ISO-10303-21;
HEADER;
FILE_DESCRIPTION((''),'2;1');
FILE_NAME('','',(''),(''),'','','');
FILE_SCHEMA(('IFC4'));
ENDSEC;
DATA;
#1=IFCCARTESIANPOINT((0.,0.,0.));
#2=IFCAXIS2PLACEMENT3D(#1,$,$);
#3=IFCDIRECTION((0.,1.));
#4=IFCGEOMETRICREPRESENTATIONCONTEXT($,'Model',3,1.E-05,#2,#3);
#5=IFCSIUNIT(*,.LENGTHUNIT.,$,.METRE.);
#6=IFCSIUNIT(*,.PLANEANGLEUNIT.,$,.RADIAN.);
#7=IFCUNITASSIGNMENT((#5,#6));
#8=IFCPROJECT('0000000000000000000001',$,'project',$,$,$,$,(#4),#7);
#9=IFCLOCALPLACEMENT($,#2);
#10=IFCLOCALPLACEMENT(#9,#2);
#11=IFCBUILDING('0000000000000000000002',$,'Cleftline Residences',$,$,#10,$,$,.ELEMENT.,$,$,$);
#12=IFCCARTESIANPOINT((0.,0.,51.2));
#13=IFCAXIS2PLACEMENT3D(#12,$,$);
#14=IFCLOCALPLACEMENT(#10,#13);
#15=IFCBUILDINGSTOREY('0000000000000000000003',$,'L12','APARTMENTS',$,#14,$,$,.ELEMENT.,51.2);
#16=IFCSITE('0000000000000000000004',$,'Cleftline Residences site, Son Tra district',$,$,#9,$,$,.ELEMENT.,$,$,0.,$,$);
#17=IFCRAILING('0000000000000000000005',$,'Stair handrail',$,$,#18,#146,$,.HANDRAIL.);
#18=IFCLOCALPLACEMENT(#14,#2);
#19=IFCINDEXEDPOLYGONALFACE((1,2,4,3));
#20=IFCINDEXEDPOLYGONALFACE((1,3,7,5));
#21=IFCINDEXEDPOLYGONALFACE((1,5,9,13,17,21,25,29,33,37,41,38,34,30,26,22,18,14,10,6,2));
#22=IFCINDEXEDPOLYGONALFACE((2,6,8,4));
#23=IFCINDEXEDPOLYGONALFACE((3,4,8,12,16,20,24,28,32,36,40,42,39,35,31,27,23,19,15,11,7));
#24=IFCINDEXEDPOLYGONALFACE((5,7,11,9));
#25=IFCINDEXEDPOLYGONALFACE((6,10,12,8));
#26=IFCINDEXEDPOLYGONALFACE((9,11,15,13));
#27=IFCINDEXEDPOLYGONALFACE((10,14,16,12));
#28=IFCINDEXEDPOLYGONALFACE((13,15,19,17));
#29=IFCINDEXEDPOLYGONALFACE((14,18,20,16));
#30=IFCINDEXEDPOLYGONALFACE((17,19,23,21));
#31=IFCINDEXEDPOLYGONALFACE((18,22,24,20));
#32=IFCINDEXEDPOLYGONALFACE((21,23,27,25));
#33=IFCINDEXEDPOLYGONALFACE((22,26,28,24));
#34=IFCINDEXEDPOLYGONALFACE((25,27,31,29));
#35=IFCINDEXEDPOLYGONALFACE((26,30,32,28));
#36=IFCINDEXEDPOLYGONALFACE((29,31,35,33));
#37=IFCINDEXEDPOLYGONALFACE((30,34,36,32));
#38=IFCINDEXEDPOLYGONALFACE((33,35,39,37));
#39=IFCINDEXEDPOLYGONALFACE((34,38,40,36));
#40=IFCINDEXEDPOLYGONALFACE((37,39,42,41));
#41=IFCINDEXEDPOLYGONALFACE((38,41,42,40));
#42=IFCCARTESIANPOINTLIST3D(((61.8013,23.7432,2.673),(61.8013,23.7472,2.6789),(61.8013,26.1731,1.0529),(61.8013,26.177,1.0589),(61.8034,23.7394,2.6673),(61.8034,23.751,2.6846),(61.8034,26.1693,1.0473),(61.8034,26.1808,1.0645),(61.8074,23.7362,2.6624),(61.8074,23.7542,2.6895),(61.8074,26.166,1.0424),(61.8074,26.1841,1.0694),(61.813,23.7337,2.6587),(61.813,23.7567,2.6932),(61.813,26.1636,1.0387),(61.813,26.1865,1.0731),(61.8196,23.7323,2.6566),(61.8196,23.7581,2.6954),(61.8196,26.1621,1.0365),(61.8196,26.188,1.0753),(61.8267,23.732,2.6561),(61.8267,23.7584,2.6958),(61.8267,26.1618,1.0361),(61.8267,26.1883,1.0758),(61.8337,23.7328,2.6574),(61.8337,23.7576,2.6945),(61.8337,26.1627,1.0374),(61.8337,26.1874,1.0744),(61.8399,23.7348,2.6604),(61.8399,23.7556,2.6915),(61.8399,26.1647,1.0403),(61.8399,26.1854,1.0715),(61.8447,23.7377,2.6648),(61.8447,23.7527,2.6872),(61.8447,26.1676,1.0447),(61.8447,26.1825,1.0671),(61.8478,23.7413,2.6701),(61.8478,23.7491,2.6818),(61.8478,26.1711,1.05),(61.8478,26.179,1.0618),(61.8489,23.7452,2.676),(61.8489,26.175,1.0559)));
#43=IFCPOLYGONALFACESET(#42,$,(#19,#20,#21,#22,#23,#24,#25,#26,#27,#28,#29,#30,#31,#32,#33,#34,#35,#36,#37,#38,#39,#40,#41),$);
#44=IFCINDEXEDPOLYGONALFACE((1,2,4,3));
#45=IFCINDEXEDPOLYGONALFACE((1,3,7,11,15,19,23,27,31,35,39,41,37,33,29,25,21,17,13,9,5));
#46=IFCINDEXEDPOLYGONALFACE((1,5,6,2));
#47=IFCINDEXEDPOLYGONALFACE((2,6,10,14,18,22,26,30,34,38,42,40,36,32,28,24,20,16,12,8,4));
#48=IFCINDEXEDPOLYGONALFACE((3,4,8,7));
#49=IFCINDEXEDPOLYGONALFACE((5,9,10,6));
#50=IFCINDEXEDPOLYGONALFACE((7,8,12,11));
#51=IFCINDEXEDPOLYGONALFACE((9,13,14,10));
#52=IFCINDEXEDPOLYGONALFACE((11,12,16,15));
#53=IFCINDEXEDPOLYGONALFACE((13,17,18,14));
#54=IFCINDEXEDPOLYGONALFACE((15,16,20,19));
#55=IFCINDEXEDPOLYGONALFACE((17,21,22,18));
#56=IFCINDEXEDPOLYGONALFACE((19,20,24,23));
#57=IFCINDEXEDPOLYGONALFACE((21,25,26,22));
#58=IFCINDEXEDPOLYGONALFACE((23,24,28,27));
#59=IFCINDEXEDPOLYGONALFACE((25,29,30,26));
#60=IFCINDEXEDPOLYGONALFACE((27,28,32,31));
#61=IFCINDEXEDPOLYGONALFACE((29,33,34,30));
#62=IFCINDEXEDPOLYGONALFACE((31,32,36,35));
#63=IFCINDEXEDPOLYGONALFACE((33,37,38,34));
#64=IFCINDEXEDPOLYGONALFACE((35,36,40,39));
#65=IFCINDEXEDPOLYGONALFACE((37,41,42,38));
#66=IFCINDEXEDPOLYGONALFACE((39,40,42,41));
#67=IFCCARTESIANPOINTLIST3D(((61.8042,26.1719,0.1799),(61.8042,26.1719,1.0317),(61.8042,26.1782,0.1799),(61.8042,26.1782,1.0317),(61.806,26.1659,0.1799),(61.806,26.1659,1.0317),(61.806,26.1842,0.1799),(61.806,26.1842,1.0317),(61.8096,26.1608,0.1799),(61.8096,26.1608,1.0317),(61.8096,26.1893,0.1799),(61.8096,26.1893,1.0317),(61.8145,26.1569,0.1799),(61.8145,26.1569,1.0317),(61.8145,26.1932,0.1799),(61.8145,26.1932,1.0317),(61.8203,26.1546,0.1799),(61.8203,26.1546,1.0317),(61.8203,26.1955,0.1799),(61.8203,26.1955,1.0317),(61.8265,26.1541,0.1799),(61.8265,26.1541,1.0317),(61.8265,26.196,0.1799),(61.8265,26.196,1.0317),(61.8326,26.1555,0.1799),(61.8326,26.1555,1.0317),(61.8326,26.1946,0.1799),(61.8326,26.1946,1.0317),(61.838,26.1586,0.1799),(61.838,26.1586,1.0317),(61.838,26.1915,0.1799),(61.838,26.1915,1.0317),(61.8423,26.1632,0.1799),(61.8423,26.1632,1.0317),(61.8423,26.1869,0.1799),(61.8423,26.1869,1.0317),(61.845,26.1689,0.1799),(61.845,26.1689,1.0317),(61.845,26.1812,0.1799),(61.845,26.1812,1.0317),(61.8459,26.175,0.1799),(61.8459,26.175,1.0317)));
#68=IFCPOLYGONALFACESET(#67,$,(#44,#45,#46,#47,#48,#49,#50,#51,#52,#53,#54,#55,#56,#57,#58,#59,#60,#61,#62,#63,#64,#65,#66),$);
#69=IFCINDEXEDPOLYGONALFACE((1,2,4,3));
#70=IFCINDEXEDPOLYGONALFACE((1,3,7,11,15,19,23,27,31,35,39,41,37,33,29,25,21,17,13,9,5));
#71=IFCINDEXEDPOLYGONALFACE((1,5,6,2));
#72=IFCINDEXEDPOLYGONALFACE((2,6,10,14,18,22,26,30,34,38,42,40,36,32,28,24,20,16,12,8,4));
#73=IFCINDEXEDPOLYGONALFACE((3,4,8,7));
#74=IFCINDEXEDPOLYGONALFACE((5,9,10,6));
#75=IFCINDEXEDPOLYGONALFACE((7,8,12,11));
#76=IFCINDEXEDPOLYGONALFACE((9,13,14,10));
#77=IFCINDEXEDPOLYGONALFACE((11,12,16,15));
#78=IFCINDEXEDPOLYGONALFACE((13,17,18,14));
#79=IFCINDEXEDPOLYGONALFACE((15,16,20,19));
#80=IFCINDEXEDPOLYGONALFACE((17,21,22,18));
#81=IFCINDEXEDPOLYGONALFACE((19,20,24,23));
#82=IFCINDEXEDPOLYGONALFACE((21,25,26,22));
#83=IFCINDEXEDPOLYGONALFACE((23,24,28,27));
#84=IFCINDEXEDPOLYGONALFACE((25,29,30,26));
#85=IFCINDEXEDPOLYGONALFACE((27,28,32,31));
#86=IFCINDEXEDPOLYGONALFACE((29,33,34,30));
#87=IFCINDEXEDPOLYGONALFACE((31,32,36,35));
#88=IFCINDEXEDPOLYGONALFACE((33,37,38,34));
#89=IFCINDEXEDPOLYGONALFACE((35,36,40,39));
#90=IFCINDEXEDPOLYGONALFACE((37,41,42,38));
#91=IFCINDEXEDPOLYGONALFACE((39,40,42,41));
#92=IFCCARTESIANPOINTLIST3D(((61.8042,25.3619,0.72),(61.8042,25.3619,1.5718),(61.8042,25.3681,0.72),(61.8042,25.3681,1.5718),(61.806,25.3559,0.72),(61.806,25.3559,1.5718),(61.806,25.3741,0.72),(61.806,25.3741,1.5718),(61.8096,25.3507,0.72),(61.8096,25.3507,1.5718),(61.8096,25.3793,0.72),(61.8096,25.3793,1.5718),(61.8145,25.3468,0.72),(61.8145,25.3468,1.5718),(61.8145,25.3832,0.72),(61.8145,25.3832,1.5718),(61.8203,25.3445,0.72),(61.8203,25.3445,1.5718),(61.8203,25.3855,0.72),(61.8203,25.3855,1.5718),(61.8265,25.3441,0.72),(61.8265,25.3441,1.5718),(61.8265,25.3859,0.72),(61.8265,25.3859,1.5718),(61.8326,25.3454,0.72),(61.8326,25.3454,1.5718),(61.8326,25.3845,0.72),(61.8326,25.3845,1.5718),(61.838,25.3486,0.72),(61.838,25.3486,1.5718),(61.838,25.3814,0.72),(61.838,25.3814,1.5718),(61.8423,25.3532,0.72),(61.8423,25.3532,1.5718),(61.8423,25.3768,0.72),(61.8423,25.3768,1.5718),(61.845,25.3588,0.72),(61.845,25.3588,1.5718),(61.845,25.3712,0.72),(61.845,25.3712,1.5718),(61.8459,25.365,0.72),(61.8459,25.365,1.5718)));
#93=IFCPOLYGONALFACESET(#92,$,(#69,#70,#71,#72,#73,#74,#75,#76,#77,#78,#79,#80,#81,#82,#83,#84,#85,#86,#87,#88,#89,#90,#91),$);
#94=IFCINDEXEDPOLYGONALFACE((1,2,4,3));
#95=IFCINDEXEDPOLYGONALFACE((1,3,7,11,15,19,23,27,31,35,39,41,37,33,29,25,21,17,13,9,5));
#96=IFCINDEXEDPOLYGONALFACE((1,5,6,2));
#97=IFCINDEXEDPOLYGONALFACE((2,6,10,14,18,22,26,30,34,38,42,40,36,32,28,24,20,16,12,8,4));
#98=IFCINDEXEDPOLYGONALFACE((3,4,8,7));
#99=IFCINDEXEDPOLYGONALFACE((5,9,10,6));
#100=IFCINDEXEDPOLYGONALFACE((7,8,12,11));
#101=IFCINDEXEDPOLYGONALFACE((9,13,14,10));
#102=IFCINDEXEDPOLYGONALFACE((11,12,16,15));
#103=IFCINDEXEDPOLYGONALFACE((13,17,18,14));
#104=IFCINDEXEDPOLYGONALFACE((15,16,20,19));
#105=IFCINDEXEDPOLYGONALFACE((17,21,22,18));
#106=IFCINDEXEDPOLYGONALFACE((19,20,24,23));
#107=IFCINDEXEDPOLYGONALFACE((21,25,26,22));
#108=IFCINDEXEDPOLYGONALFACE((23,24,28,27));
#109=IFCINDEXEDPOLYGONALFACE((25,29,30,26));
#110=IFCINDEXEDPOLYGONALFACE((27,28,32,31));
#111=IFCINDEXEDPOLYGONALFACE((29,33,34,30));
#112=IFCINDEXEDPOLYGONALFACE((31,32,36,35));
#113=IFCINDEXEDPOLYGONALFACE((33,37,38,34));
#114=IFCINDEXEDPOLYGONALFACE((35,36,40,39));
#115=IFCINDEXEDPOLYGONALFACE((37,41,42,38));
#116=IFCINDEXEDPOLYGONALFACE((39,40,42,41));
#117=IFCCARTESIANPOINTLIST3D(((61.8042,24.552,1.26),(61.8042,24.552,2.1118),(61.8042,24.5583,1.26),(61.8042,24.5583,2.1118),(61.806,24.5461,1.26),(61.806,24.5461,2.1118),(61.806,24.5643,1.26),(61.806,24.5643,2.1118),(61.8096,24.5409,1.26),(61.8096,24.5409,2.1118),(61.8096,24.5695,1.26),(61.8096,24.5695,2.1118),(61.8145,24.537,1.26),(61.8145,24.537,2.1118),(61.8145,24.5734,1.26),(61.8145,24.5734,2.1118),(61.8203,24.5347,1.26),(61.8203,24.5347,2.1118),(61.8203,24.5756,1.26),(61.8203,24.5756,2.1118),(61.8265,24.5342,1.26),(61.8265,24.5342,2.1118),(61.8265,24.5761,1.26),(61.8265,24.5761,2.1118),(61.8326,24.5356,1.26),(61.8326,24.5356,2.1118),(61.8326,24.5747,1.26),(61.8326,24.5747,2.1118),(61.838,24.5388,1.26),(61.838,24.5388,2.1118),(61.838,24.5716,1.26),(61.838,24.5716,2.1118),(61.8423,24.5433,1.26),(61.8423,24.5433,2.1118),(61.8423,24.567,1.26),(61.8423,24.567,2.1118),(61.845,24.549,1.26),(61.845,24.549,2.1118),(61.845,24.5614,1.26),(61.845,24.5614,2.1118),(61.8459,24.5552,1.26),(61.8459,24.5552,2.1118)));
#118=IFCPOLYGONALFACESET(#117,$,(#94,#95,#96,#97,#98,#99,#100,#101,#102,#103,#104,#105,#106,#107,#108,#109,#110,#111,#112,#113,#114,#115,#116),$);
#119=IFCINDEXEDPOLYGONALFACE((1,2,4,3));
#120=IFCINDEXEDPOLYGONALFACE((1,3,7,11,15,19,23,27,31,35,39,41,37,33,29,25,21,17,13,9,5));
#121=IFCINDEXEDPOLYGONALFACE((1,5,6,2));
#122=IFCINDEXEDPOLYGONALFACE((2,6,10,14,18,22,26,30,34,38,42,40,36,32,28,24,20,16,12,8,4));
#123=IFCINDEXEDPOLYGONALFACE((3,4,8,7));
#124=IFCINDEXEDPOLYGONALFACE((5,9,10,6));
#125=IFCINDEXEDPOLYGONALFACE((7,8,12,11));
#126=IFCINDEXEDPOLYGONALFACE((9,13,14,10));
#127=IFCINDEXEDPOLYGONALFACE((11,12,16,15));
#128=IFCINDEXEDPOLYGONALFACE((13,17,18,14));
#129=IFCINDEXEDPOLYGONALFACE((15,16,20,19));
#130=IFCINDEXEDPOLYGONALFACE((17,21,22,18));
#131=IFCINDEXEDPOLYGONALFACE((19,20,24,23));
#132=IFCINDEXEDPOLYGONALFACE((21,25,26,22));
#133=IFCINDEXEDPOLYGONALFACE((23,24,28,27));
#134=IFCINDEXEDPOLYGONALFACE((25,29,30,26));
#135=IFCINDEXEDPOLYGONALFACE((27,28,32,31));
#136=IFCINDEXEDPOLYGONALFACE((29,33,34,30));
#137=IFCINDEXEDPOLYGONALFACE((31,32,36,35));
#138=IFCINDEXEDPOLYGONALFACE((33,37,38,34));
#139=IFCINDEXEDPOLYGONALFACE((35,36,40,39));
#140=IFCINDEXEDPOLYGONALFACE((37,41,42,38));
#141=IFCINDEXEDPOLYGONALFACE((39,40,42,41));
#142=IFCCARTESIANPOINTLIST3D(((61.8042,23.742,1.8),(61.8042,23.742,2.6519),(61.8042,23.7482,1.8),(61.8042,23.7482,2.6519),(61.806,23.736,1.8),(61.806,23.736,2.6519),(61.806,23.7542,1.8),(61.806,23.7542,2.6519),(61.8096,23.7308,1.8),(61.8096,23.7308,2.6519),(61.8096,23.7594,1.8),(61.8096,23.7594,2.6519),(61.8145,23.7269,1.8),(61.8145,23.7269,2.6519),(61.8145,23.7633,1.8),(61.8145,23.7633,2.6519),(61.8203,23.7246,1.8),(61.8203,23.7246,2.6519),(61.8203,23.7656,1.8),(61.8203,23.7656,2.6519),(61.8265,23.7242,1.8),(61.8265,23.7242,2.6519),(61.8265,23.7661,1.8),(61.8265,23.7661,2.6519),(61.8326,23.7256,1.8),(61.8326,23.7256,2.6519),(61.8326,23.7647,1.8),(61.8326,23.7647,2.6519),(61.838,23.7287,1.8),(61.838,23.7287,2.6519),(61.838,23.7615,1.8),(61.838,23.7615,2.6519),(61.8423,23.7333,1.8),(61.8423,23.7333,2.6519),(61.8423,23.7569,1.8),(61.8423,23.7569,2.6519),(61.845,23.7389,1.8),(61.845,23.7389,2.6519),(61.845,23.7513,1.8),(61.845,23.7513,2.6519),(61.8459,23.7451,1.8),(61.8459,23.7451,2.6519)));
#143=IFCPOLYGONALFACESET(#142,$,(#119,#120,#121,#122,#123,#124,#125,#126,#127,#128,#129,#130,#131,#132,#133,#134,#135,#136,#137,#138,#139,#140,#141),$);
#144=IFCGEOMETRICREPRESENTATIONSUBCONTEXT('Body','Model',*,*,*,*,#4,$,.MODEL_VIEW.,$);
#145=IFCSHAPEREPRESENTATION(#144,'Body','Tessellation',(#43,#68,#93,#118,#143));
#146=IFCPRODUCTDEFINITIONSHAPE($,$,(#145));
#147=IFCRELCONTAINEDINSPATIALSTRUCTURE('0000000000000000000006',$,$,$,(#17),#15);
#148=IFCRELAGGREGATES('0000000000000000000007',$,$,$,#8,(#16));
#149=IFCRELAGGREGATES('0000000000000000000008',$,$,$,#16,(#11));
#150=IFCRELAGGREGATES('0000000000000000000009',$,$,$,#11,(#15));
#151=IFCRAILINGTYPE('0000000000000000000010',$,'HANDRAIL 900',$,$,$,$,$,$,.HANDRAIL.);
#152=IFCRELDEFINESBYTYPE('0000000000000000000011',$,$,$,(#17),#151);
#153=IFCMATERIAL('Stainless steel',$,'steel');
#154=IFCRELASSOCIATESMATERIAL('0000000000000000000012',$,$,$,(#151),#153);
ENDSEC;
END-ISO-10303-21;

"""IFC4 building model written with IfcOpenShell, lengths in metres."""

from ifc_helpers import new_model, si_unit, direction, frame, origin, origin_2d, place, context, subcontext, project, spatial, circle, extrude, material, type_object, element, save


model = new_model("IFC4")

# Units and contexts
model_context = context("Model", 3, precision=1e-05, world=origin(), true_north=direction((0.0, 1.0)))
body_context = subcontext(model_context, "Body", "Model", "MODEL_VIEW")
ifc_project = project(units=[si_unit("LENGTHUNIT", "METRE"), si_unit("PLANEANGLEUNIT", "RADIAN")], contexts=[model_context])

# Site, building, storey
site_placement = place(None, origin())
site = spatial("IfcSite", under=ifc_project, at=site_placement, Name="Cleftline Residences site, Son Tra district", CompositionType="ELEMENT", RefElevation=0.0)
building_placement = place(site_placement, origin())
building = spatial("IfcBuilding", under=site, at=building_placement, Name="Cleftline Residences", CompositionType="ELEMENT")
storey_placement = place(building_placement, frame((0.0, 0.0, 51.2)))
storey = spatial("IfcBuildingStorey", under=building, at=storey_placement, Name="L12", Description="APARTMENTS", CompositionType="ELEMENT", Elevation=51.2)

# Railing
ifc_material_1 = material(Name="Stainless steel", Category="steel")
railing_type = type_object("IfcRailingType", Name="HANDRAIL 900", PredefinedType="HANDRAIL", material=ifc_material_1)
railing_placement = place(storey_placement, frame((61.825, 26.175, 0.1799)))
element("IfcRailing", 1, at=railing_placement, inside=storey, type_object=railing_type, Name="Stair handrail", PredefinedType="HANDRAIL", context=body_context, shape_type="SweptSolid", body=[
    extrude(circle(Radius=0.0239, at=origin_2d()), frame((0.0, 0.0, 0.876), z_axis=(0.0, -0.832025, 0.554739), x_axis=(1.0, 0.0, 0.0)), (0.0, 0.0, 1.0), 2.9204),
    extrude(circle(Radius=0.021, at=origin_2d()), origin(), (0.0, 0.0, 1.0), 0.8518),
    extrude(circle(Radius=0.021, at=origin_2d()), frame((0.0, -0.8101, 0.54)), (0.0, 0.0, 1.0), 0.8518),
    extrude(circle(Radius=0.021, at=origin_2d()), frame((0.0, -1.6199, 1.0801)), (0.0, 0.0, 1.0), 0.8518),
    extrude(circle(Radius=0.021, at=origin_2d()), frame((0.0, -2.4299, 1.6201)), (0.0, 0.0, 1.0), 0.8518),
])

save(model, "model.ifc")
